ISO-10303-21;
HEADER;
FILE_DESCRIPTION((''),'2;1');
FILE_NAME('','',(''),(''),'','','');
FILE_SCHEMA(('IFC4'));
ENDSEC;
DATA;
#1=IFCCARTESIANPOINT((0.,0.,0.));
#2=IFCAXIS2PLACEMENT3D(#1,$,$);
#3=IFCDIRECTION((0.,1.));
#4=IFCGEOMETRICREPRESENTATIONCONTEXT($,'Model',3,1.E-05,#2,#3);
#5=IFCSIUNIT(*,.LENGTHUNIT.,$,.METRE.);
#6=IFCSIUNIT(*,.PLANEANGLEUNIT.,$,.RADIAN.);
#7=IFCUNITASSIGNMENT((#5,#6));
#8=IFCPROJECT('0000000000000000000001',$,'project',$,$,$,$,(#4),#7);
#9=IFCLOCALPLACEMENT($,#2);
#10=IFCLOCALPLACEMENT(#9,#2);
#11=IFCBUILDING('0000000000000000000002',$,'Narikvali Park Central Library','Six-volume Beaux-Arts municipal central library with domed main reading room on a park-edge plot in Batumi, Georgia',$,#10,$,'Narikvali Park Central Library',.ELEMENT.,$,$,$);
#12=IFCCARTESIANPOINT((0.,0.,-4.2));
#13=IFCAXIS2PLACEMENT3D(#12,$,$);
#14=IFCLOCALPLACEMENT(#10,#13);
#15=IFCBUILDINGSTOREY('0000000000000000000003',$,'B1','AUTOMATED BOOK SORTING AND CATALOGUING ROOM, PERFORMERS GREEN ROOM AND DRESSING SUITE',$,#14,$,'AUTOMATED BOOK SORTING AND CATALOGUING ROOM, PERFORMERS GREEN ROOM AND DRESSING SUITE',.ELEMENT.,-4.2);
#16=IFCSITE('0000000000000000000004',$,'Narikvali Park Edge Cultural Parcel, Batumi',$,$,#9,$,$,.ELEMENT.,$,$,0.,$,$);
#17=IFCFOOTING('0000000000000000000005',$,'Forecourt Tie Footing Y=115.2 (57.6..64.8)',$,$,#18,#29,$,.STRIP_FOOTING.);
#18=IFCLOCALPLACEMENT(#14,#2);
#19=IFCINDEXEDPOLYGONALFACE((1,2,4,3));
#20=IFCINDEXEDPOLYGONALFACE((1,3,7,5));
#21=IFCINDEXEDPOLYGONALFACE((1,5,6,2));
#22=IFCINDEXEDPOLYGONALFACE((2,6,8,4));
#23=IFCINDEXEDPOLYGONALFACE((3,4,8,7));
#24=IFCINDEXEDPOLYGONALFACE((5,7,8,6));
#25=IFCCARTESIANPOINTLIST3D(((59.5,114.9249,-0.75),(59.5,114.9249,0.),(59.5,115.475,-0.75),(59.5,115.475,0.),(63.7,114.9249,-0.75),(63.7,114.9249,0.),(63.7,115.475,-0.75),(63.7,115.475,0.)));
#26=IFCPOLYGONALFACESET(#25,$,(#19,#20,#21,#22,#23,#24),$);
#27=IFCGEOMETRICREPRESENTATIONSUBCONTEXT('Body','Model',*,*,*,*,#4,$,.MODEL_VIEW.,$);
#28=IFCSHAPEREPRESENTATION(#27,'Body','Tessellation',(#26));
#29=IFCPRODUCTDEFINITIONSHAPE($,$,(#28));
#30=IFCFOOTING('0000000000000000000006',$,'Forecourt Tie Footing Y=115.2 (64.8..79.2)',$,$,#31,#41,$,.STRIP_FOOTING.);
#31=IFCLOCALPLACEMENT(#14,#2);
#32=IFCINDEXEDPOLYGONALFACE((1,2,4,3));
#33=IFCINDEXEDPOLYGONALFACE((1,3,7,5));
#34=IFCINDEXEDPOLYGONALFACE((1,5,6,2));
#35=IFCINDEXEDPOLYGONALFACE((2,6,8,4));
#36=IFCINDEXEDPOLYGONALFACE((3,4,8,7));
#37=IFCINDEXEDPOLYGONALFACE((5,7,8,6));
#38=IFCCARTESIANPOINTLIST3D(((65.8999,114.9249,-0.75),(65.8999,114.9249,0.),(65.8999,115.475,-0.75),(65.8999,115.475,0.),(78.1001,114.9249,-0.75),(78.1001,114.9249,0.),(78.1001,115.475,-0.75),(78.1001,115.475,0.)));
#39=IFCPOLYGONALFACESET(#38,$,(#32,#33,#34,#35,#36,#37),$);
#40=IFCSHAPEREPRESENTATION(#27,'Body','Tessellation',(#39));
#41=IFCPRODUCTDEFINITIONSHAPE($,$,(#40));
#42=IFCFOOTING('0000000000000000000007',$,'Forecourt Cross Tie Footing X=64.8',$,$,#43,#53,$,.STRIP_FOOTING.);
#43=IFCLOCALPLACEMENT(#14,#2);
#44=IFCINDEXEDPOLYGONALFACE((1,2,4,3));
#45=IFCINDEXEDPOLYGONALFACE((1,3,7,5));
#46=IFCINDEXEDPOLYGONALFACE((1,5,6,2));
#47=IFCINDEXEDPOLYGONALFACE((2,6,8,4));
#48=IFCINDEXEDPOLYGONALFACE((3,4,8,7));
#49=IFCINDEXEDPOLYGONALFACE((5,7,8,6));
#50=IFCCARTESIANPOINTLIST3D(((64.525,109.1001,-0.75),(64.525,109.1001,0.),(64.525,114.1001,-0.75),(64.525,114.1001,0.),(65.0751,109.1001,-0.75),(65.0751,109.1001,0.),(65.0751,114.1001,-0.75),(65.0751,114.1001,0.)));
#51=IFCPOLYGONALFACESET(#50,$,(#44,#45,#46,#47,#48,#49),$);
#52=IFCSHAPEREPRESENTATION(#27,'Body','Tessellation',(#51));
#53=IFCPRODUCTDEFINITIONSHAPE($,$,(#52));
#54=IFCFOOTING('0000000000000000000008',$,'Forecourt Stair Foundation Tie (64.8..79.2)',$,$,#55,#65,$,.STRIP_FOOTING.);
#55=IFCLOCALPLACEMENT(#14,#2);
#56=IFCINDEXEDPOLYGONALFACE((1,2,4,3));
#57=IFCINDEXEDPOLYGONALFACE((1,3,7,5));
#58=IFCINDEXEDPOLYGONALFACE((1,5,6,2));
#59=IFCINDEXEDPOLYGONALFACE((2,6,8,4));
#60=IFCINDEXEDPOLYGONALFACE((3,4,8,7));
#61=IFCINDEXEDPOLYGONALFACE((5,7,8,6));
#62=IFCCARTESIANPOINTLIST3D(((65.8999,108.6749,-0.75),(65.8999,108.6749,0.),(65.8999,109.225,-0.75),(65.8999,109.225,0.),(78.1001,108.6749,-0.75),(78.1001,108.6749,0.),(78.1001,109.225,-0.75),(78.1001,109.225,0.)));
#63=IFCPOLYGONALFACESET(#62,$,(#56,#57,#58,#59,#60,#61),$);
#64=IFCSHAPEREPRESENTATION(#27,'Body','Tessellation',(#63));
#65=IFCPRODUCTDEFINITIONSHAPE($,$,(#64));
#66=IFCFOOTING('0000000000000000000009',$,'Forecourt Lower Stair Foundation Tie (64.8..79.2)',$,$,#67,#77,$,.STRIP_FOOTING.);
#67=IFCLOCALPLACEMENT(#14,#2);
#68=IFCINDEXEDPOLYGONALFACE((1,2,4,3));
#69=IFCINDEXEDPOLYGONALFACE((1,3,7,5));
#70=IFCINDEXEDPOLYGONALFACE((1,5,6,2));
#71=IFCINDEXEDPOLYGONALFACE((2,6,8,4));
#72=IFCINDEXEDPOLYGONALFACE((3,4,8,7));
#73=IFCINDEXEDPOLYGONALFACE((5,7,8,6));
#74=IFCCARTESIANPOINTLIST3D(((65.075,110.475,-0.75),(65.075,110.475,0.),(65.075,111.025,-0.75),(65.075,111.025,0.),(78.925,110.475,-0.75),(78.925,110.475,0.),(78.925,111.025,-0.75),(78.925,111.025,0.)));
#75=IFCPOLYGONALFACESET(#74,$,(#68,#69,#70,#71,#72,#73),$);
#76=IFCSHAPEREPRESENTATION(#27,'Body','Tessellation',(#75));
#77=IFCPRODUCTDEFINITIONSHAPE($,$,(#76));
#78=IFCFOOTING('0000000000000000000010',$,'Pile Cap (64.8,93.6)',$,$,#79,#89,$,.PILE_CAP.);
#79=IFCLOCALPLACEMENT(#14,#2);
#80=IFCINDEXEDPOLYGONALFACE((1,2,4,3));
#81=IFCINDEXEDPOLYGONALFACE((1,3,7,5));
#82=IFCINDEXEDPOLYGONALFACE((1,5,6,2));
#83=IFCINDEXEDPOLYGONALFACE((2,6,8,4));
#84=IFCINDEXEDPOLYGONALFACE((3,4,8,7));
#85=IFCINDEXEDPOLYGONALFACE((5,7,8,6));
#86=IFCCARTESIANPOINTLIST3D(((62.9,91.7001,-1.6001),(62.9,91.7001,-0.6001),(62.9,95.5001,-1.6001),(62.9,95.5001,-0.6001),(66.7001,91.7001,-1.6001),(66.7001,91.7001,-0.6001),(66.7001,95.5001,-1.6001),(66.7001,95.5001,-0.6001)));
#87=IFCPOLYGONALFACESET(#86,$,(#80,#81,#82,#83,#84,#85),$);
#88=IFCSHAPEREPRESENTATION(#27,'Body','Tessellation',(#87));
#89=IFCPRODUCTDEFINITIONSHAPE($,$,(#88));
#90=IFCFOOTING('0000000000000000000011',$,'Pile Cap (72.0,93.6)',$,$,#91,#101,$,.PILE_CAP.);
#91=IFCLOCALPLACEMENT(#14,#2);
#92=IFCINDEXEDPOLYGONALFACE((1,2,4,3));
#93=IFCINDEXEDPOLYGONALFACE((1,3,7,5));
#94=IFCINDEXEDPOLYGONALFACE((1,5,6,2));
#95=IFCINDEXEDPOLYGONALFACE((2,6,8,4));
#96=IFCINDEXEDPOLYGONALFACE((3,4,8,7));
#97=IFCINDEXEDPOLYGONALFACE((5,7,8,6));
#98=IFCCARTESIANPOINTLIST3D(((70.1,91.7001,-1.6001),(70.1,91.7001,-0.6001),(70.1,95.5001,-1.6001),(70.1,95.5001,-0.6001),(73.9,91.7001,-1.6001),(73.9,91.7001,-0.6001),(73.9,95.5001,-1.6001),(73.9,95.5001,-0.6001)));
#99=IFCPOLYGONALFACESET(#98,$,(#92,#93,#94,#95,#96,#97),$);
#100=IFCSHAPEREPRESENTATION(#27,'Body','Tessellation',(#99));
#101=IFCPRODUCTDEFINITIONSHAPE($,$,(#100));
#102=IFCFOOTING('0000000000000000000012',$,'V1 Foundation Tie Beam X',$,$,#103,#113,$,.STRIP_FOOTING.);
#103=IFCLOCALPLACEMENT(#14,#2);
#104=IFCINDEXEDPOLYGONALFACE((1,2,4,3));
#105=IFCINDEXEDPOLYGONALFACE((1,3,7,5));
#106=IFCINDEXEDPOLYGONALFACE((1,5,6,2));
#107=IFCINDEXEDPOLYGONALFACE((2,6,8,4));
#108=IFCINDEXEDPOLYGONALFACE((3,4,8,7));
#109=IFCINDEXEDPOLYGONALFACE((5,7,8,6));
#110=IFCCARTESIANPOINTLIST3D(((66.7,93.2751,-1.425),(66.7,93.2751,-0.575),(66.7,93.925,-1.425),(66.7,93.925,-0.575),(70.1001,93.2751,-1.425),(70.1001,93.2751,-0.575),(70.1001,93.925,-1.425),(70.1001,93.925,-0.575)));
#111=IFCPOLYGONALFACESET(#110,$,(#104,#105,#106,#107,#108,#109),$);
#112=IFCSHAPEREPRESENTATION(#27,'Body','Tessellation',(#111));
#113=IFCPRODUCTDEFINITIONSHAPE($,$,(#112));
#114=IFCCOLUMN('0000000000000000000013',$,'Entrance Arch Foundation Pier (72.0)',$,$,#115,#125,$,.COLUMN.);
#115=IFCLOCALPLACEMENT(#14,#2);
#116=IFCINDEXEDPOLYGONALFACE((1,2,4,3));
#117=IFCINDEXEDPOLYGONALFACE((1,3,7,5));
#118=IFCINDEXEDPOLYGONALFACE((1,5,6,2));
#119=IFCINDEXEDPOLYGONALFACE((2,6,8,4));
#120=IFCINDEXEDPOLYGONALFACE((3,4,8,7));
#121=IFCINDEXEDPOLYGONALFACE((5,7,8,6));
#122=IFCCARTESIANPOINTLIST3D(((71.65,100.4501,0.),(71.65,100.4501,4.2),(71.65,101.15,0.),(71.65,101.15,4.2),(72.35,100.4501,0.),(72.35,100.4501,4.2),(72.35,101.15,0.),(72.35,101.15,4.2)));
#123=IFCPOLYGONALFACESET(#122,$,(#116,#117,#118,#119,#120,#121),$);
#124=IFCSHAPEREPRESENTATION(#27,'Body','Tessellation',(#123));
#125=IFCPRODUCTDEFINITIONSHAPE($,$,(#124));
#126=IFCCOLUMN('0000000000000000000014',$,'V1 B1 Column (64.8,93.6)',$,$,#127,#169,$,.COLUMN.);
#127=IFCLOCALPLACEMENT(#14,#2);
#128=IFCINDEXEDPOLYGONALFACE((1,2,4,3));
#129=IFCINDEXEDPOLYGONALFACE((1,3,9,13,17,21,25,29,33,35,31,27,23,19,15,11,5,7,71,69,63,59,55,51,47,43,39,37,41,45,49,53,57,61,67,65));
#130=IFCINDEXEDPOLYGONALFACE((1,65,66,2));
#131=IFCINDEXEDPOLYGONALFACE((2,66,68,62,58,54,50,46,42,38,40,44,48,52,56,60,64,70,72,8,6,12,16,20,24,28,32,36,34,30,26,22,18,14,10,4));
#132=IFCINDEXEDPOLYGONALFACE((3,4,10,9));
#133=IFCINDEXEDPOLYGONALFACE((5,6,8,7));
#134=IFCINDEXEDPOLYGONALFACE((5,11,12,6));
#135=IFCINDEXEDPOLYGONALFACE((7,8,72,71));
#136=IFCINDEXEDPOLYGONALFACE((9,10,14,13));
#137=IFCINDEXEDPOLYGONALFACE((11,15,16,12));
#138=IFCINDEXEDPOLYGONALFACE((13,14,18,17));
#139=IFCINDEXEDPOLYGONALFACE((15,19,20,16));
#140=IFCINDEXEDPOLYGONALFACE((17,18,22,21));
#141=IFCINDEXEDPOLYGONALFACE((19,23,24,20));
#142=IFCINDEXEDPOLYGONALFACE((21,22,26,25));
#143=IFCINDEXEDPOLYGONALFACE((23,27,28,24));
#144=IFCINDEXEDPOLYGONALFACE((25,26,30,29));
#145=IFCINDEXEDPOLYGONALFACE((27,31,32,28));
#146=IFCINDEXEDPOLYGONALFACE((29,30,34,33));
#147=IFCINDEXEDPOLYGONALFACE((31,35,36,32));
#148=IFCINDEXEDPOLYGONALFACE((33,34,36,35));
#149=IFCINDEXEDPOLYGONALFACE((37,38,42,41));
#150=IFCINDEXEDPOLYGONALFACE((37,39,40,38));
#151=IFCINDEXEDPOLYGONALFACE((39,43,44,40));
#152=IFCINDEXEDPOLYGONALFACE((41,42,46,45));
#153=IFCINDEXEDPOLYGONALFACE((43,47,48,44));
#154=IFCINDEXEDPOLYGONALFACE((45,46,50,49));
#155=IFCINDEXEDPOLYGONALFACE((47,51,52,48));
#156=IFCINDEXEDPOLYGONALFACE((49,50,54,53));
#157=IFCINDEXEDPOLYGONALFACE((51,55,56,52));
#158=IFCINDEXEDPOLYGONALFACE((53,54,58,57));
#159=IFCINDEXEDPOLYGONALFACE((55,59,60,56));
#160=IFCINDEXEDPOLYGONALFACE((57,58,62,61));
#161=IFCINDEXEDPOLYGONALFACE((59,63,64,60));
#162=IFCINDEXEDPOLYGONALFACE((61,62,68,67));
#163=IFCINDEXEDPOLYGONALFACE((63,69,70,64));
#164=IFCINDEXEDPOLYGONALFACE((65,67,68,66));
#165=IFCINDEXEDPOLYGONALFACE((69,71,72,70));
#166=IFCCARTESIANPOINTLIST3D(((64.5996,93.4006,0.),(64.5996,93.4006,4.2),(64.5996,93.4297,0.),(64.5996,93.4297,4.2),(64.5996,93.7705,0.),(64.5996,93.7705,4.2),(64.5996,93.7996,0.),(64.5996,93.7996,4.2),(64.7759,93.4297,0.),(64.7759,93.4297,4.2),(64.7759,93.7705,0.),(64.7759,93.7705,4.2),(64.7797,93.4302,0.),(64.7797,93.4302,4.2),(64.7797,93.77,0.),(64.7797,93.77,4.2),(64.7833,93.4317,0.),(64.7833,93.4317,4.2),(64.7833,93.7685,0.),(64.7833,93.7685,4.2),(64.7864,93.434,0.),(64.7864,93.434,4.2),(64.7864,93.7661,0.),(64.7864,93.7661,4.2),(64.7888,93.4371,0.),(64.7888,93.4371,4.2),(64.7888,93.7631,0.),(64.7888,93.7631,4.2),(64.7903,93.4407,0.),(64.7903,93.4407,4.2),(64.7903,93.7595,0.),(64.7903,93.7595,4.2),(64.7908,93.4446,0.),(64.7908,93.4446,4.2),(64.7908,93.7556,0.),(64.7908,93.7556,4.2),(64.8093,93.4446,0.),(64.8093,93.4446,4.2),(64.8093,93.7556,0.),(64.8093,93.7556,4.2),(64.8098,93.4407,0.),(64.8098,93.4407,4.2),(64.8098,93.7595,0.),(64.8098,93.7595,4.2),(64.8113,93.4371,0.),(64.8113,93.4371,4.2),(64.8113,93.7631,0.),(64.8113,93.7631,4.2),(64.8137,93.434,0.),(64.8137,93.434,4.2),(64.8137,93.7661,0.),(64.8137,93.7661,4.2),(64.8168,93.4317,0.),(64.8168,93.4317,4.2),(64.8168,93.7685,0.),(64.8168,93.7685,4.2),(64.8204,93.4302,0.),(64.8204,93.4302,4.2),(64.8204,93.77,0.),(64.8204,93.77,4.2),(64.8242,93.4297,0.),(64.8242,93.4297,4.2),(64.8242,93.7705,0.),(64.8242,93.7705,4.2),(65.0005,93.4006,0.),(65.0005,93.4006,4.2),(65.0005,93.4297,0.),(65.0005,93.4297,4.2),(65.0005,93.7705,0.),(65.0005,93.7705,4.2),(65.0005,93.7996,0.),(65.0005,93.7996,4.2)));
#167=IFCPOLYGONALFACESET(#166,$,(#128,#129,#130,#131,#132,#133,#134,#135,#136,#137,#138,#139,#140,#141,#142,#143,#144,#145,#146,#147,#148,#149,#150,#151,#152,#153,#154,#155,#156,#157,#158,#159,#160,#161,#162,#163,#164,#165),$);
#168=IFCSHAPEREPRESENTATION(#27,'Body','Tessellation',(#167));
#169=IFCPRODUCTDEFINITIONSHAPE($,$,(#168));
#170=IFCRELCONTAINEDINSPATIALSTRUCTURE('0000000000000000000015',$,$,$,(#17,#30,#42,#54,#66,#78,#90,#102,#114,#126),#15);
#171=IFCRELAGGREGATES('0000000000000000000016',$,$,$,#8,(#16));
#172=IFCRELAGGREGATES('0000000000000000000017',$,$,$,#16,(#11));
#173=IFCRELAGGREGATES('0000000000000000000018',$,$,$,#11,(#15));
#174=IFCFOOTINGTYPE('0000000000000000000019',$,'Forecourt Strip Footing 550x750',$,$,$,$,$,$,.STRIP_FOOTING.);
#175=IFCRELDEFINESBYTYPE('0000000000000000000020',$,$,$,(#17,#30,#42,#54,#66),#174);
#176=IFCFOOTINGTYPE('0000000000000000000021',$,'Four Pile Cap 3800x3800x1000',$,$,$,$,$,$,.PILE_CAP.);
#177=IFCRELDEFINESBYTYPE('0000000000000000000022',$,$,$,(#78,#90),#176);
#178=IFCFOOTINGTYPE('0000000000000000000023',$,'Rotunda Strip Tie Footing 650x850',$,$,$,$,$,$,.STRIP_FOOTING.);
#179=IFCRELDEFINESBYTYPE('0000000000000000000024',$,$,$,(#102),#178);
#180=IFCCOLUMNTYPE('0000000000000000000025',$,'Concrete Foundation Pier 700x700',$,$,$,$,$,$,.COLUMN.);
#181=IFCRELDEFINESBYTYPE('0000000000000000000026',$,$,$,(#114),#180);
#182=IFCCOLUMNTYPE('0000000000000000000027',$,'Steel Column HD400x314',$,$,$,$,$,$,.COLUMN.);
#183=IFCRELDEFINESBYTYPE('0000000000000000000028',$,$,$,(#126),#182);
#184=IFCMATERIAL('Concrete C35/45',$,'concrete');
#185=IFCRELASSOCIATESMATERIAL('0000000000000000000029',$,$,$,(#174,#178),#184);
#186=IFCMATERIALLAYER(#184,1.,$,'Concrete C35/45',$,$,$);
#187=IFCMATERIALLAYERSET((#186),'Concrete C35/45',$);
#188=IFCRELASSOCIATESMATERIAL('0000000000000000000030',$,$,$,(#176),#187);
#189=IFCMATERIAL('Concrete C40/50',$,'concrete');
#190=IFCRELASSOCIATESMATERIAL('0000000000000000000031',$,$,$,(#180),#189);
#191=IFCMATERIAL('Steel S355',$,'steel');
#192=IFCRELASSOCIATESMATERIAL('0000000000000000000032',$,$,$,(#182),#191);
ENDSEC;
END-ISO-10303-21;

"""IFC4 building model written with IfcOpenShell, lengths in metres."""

from ifc_helpers import new_model, si_unit, direction, frame, origin, origin_2d, place, context, subcontext, project, spatial, rectangle, i_section, extrude, material, layer, layer_set, material_profile, profile_set, type_object, element, save


model = new_model("IFC4")

# Units and contexts
model_context = context("Model", 3, precision=1e-05, world=origin(), true_north=direction((0.0, 1.0)))
body_context = subcontext(model_context, "Body", "Model", "MODEL_VIEW")
ifc_project = project(units=[si_unit("LENGTHUNIT", "METRE"), si_unit("PLANEANGLEUNIT", "RADIAN")], contexts=[model_context])

# Site, building, storey
site_placement = place(None, origin())
site = spatial("IfcSite", under=ifc_project, at=site_placement, Name="Narikvali Park Edge Cultural Parcel, Batumi", CompositionType="ELEMENT", RefElevation=0.0)
building_placement = place(site_placement, origin())
building = spatial("IfcBuilding", under=site, at=building_placement, Name="Narikvali Park Central Library", Description="Six-volume Beaux-Arts municipal central library with domed main reading room on a park-edge plot in Batumi, Georgia", LongName="Narikvali Park Central Library", CompositionType="ELEMENT")
storey_placement = place(building_placement, frame((0.0, 0.0, -4.2)))
storey = spatial("IfcBuildingStorey", under=building, at=storey_placement, Name="B1", Description="AUTOMATED BOOK SORTING AND CATALOGUING ROOM, PERFORMERS GREEN ROOM AND DRESSING SUITE", LongName="AUTOMATED BOOK SORTING AND CATALOGUING ROOM, PERFORMERS GREEN ROOM AND DRESSING SUITE", CompositionType="ELEMENT", Elevation=-4.2)

# Shared definitions
ifc_material_1 = material(Name="Concrete C35/45", Category="concrete")

# Footings
ifc_material_profile_1 = material_profile(ifc_material_1, rectangle(XDim=0.55, YDim=0.75, at=origin_2d()), Name="RC GB 550x750")
ifc_profile_set_1 = profile_set([ifc_material_profile_1], Name="Concrete C35/45")
footing_type_1 = type_object("IfcFootingType", Name="Forecourt Strip Footing 550x750", PredefinedType="STRIP_FOOTING", material=ifc_profile_set_1)
footing_1_placement = place(storey_placement, frame((59.5, 115.2, -0.375), z_axis=(1.0, 0.0, 0.0), x_axis=(0.0, 1.0, 0.0)))
element("IfcFooting", 1, at=footing_1_placement, inside=storey, type_object=footing_type_1, Name="Forecourt Tie Footing Y=115.2 (57.6..64.8)", PredefinedType="STRIP_FOOTING", context=body_context, shape_type="SweptSolid", body=[
    extrude(rectangle(XDim=0.55, YDim=0.75, at=origin_2d()), origin(), (0.0, 0.0, 1.0), 4.2),
])
footing_2_placement = place(storey_placement, frame((65.8999, 115.2, -0.375), z_axis=(1.0, 0.0, 0.0), x_axis=(0.0, 1.0, 0.0)))
element("IfcFooting", 2, at=footing_2_placement, inside=storey, type_object=footing_type_1, Name="Forecourt Tie Footing Y=115.2 (64.8..79.2)", PredefinedType="STRIP_FOOTING", context=body_context, shape_type="SweptSolid", body=[
    extrude(rectangle(XDim=0.55, YDim=0.75, at=origin_2d()), origin(), (0.0, 0.0, 1.0), 12.2002),
])
footing_3_placement = place(storey_placement, frame((64.8, 109.1001, -0.375), z_axis=(0.0, 1.0, 0.0), x_axis=(-1.0, 0.0, 0.0)))
element("IfcFooting", 3, at=footing_3_placement, inside=storey, type_object=footing_type_1, Name="Forecourt Cross Tie Footing X=64.8", PredefinedType="STRIP_FOOTING", context=body_context, shape_type="SweptSolid", body=[
    extrude(rectangle(XDim=0.55, YDim=0.75, at=origin_2d()), origin(), (0.0, 0.0, 1.0), 5.0),
])
footing_4_placement = place(storey_placement, frame((65.8999, 108.95, -0.375), z_axis=(1.0, 0.0, 0.0), x_axis=(0.0, 1.0, 0.0)))
element("IfcFooting", 4, at=footing_4_placement, inside=storey, type_object=footing_type_1, Name="Forecourt Stair Foundation Tie (64.8..79.2)", PredefinedType="STRIP_FOOTING", context=body_context, shape_type="SweptSolid", body=[
    extrude(rectangle(XDim=0.55, YDim=0.75, at=origin_2d()), origin(), (0.0, 0.0, 1.0), 12.2002),
])
footing_5_placement = place(storey_placement, frame((65.075, 110.75, -0.375), z_axis=(1.0, 0.0, 0.0), x_axis=(0.0, 1.0, 0.0)))
element("IfcFooting", 5, at=footing_5_placement, inside=storey, type_object=footing_type_1, Name="Forecourt Lower Stair Foundation Tie (64.8..79.2)", PredefinedType="STRIP_FOOTING", context=body_context, shape_type="SweptSolid", body=[
    extrude(rectangle(XDim=0.55, YDim=0.75, at=origin_2d()), origin(), (0.0, 0.0, 1.0), 13.8501),
])
ifc_layer_1 = layer(ifc_material_1, 1.0, Name="Concrete C35/45")
ifc_layer_set_1 = layer_set([ifc_layer_1], Name="Concrete C35/45")
footing_type_2 = type_object("IfcFootingType", Name="Four Pile Cap 3800x3800x1000", PredefinedType="PILE_CAP", material=ifc_layer_set_1)
for number, where, z_axis, x_axis, name in (
    (6, (64.8, 93.6001, -1.6001), (0.0, 0.0, 1.0), (1.0, 0.0, 0.0), "Pile Cap (64.8,93.6)"),
    (7, (72.0, 93.6001, -1.6001), (0.0, 0.0, 1.0), (1.0, 0.0, 0.0), "Pile Cap (72.0,93.6)"),
):
    element("IfcFooting", number, at=place(storey_placement, frame(where, z_axis=z_axis, x_axis=x_axis)), inside=storey, type_object=footing_type_2, Name=name, PredefinedType="PILE_CAP", context=body_context, shape_type="SweptSolid", body=[
        extrude(rectangle(XDim=3.8, YDim=3.8, at=origin_2d()), origin(), (0.0, 0.0, 1.0), 1.0),
    ])
ifc_material_profile_2 = material_profile(ifc_material_1, rectangle(XDim=0.6499, YDim=0.8501, at=origin_2d()), Name="RC GB 650x850")
ifc_profile_set_2 = profile_set([ifc_material_profile_2], Name="Concrete C35/45")
footing_type_3 = type_object("IfcFootingType", Name="Rotunda Strip Tie Footing 650x850", PredefinedType="STRIP_FOOTING", material=ifc_profile_set_2)
footing_6_placement = place(storey_placement, frame((66.7, 93.6001, -1.0), z_axis=(1.0, 0.0, 0.0), x_axis=(0.0, 1.0, 0.0)))
element("IfcFooting", 8, at=footing_6_placement, inside=storey, type_object=footing_type_3, Name="V1 Foundation Tie Beam X", PredefinedType="STRIP_FOOTING", context=body_context, shape_type="SweptSolid", body=[
    extrude(rectangle(XDim=0.6499, YDim=0.8501, at=origin_2d()), origin(), (0.0, 0.0, 1.0), 3.4001),
])

# Columns
ifc_material_2 = material(Name="Concrete C40/50", Category="concrete")
ifc_material_profile_3 = material_profile(ifc_material_2, rectangle(XDim=0.7, YDim=0.7, at=origin_2d()), Name="RC 700x700")
ifc_profile_set_3 = profile_set([ifc_material_profile_3], Name="Concrete C40/50")
column_type_1 = type_object("IfcColumnType", Name="Concrete Foundation Pier 700x700", PredefinedType="COLUMN", material=ifc_profile_set_3)
column_placement = place(storey_placement, frame((72.0, 100.8, 0.0), z_axis=(0.0, 0.0, 1.0), x_axis=(1.0, 0.0, 0.0)))
element("IfcColumn", 9, at=column_placement, inside=storey, type_object=column_type_1, Name="Entrance Arch Foundation Pier (72.0)", PredefinedType="COLUMN", context=body_context, shape_type="SweptSolid", body=[
    extrude(rectangle(XDim=0.7, YDim=0.7, at=origin_2d()), origin(), (0.0, 0.0, 1.0), 4.2),
])
ifc_material_3 = material(Name="Steel S355", Category="steel")
ifc_material_profile_4 = material_profile(ifc_material_3, i_section(OverallWidth=0.4009, OverallDepth=0.3989, WebThickness=0.0186, FlangeThickness=0.0291, FilletRadius=0.0149, at=origin_2d()), Name="HD 400x314")
ifc_profile_set_4 = profile_set([ifc_material_profile_4], Name="Steel S355")
column_type_2 = type_object("IfcColumnType", Name="Steel Column HD400x314", PredefinedType="COLUMN", material=ifc_profile_set_4)
for number, where, z_axis, x_axis, name in (
    (10, (64.8, 93.6001, 0.0), (0.0, 0.0, 1.0), (1.0, 0.0, 0.0), "V1 B1 Column (64.8,93.6)"),
):
    element("IfcColumn", number, at=place(storey_placement, frame(where, z_axis=z_axis, x_axis=x_axis)), inside=storey, type_object=column_type_2, Name=name, PredefinedType="COLUMN", context=body_context, shape_type="SweptSolid", body=[
        extrude(i_section(OverallWidth=0.4009, OverallDepth=0.3989, WebThickness=0.0186, FlangeThickness=0.0291, FilletRadius=0.0149, at=origin_2d()), origin(), (0.0, 0.0, 1.0), 4.2),
    ])

save(model, "model.ifc")
